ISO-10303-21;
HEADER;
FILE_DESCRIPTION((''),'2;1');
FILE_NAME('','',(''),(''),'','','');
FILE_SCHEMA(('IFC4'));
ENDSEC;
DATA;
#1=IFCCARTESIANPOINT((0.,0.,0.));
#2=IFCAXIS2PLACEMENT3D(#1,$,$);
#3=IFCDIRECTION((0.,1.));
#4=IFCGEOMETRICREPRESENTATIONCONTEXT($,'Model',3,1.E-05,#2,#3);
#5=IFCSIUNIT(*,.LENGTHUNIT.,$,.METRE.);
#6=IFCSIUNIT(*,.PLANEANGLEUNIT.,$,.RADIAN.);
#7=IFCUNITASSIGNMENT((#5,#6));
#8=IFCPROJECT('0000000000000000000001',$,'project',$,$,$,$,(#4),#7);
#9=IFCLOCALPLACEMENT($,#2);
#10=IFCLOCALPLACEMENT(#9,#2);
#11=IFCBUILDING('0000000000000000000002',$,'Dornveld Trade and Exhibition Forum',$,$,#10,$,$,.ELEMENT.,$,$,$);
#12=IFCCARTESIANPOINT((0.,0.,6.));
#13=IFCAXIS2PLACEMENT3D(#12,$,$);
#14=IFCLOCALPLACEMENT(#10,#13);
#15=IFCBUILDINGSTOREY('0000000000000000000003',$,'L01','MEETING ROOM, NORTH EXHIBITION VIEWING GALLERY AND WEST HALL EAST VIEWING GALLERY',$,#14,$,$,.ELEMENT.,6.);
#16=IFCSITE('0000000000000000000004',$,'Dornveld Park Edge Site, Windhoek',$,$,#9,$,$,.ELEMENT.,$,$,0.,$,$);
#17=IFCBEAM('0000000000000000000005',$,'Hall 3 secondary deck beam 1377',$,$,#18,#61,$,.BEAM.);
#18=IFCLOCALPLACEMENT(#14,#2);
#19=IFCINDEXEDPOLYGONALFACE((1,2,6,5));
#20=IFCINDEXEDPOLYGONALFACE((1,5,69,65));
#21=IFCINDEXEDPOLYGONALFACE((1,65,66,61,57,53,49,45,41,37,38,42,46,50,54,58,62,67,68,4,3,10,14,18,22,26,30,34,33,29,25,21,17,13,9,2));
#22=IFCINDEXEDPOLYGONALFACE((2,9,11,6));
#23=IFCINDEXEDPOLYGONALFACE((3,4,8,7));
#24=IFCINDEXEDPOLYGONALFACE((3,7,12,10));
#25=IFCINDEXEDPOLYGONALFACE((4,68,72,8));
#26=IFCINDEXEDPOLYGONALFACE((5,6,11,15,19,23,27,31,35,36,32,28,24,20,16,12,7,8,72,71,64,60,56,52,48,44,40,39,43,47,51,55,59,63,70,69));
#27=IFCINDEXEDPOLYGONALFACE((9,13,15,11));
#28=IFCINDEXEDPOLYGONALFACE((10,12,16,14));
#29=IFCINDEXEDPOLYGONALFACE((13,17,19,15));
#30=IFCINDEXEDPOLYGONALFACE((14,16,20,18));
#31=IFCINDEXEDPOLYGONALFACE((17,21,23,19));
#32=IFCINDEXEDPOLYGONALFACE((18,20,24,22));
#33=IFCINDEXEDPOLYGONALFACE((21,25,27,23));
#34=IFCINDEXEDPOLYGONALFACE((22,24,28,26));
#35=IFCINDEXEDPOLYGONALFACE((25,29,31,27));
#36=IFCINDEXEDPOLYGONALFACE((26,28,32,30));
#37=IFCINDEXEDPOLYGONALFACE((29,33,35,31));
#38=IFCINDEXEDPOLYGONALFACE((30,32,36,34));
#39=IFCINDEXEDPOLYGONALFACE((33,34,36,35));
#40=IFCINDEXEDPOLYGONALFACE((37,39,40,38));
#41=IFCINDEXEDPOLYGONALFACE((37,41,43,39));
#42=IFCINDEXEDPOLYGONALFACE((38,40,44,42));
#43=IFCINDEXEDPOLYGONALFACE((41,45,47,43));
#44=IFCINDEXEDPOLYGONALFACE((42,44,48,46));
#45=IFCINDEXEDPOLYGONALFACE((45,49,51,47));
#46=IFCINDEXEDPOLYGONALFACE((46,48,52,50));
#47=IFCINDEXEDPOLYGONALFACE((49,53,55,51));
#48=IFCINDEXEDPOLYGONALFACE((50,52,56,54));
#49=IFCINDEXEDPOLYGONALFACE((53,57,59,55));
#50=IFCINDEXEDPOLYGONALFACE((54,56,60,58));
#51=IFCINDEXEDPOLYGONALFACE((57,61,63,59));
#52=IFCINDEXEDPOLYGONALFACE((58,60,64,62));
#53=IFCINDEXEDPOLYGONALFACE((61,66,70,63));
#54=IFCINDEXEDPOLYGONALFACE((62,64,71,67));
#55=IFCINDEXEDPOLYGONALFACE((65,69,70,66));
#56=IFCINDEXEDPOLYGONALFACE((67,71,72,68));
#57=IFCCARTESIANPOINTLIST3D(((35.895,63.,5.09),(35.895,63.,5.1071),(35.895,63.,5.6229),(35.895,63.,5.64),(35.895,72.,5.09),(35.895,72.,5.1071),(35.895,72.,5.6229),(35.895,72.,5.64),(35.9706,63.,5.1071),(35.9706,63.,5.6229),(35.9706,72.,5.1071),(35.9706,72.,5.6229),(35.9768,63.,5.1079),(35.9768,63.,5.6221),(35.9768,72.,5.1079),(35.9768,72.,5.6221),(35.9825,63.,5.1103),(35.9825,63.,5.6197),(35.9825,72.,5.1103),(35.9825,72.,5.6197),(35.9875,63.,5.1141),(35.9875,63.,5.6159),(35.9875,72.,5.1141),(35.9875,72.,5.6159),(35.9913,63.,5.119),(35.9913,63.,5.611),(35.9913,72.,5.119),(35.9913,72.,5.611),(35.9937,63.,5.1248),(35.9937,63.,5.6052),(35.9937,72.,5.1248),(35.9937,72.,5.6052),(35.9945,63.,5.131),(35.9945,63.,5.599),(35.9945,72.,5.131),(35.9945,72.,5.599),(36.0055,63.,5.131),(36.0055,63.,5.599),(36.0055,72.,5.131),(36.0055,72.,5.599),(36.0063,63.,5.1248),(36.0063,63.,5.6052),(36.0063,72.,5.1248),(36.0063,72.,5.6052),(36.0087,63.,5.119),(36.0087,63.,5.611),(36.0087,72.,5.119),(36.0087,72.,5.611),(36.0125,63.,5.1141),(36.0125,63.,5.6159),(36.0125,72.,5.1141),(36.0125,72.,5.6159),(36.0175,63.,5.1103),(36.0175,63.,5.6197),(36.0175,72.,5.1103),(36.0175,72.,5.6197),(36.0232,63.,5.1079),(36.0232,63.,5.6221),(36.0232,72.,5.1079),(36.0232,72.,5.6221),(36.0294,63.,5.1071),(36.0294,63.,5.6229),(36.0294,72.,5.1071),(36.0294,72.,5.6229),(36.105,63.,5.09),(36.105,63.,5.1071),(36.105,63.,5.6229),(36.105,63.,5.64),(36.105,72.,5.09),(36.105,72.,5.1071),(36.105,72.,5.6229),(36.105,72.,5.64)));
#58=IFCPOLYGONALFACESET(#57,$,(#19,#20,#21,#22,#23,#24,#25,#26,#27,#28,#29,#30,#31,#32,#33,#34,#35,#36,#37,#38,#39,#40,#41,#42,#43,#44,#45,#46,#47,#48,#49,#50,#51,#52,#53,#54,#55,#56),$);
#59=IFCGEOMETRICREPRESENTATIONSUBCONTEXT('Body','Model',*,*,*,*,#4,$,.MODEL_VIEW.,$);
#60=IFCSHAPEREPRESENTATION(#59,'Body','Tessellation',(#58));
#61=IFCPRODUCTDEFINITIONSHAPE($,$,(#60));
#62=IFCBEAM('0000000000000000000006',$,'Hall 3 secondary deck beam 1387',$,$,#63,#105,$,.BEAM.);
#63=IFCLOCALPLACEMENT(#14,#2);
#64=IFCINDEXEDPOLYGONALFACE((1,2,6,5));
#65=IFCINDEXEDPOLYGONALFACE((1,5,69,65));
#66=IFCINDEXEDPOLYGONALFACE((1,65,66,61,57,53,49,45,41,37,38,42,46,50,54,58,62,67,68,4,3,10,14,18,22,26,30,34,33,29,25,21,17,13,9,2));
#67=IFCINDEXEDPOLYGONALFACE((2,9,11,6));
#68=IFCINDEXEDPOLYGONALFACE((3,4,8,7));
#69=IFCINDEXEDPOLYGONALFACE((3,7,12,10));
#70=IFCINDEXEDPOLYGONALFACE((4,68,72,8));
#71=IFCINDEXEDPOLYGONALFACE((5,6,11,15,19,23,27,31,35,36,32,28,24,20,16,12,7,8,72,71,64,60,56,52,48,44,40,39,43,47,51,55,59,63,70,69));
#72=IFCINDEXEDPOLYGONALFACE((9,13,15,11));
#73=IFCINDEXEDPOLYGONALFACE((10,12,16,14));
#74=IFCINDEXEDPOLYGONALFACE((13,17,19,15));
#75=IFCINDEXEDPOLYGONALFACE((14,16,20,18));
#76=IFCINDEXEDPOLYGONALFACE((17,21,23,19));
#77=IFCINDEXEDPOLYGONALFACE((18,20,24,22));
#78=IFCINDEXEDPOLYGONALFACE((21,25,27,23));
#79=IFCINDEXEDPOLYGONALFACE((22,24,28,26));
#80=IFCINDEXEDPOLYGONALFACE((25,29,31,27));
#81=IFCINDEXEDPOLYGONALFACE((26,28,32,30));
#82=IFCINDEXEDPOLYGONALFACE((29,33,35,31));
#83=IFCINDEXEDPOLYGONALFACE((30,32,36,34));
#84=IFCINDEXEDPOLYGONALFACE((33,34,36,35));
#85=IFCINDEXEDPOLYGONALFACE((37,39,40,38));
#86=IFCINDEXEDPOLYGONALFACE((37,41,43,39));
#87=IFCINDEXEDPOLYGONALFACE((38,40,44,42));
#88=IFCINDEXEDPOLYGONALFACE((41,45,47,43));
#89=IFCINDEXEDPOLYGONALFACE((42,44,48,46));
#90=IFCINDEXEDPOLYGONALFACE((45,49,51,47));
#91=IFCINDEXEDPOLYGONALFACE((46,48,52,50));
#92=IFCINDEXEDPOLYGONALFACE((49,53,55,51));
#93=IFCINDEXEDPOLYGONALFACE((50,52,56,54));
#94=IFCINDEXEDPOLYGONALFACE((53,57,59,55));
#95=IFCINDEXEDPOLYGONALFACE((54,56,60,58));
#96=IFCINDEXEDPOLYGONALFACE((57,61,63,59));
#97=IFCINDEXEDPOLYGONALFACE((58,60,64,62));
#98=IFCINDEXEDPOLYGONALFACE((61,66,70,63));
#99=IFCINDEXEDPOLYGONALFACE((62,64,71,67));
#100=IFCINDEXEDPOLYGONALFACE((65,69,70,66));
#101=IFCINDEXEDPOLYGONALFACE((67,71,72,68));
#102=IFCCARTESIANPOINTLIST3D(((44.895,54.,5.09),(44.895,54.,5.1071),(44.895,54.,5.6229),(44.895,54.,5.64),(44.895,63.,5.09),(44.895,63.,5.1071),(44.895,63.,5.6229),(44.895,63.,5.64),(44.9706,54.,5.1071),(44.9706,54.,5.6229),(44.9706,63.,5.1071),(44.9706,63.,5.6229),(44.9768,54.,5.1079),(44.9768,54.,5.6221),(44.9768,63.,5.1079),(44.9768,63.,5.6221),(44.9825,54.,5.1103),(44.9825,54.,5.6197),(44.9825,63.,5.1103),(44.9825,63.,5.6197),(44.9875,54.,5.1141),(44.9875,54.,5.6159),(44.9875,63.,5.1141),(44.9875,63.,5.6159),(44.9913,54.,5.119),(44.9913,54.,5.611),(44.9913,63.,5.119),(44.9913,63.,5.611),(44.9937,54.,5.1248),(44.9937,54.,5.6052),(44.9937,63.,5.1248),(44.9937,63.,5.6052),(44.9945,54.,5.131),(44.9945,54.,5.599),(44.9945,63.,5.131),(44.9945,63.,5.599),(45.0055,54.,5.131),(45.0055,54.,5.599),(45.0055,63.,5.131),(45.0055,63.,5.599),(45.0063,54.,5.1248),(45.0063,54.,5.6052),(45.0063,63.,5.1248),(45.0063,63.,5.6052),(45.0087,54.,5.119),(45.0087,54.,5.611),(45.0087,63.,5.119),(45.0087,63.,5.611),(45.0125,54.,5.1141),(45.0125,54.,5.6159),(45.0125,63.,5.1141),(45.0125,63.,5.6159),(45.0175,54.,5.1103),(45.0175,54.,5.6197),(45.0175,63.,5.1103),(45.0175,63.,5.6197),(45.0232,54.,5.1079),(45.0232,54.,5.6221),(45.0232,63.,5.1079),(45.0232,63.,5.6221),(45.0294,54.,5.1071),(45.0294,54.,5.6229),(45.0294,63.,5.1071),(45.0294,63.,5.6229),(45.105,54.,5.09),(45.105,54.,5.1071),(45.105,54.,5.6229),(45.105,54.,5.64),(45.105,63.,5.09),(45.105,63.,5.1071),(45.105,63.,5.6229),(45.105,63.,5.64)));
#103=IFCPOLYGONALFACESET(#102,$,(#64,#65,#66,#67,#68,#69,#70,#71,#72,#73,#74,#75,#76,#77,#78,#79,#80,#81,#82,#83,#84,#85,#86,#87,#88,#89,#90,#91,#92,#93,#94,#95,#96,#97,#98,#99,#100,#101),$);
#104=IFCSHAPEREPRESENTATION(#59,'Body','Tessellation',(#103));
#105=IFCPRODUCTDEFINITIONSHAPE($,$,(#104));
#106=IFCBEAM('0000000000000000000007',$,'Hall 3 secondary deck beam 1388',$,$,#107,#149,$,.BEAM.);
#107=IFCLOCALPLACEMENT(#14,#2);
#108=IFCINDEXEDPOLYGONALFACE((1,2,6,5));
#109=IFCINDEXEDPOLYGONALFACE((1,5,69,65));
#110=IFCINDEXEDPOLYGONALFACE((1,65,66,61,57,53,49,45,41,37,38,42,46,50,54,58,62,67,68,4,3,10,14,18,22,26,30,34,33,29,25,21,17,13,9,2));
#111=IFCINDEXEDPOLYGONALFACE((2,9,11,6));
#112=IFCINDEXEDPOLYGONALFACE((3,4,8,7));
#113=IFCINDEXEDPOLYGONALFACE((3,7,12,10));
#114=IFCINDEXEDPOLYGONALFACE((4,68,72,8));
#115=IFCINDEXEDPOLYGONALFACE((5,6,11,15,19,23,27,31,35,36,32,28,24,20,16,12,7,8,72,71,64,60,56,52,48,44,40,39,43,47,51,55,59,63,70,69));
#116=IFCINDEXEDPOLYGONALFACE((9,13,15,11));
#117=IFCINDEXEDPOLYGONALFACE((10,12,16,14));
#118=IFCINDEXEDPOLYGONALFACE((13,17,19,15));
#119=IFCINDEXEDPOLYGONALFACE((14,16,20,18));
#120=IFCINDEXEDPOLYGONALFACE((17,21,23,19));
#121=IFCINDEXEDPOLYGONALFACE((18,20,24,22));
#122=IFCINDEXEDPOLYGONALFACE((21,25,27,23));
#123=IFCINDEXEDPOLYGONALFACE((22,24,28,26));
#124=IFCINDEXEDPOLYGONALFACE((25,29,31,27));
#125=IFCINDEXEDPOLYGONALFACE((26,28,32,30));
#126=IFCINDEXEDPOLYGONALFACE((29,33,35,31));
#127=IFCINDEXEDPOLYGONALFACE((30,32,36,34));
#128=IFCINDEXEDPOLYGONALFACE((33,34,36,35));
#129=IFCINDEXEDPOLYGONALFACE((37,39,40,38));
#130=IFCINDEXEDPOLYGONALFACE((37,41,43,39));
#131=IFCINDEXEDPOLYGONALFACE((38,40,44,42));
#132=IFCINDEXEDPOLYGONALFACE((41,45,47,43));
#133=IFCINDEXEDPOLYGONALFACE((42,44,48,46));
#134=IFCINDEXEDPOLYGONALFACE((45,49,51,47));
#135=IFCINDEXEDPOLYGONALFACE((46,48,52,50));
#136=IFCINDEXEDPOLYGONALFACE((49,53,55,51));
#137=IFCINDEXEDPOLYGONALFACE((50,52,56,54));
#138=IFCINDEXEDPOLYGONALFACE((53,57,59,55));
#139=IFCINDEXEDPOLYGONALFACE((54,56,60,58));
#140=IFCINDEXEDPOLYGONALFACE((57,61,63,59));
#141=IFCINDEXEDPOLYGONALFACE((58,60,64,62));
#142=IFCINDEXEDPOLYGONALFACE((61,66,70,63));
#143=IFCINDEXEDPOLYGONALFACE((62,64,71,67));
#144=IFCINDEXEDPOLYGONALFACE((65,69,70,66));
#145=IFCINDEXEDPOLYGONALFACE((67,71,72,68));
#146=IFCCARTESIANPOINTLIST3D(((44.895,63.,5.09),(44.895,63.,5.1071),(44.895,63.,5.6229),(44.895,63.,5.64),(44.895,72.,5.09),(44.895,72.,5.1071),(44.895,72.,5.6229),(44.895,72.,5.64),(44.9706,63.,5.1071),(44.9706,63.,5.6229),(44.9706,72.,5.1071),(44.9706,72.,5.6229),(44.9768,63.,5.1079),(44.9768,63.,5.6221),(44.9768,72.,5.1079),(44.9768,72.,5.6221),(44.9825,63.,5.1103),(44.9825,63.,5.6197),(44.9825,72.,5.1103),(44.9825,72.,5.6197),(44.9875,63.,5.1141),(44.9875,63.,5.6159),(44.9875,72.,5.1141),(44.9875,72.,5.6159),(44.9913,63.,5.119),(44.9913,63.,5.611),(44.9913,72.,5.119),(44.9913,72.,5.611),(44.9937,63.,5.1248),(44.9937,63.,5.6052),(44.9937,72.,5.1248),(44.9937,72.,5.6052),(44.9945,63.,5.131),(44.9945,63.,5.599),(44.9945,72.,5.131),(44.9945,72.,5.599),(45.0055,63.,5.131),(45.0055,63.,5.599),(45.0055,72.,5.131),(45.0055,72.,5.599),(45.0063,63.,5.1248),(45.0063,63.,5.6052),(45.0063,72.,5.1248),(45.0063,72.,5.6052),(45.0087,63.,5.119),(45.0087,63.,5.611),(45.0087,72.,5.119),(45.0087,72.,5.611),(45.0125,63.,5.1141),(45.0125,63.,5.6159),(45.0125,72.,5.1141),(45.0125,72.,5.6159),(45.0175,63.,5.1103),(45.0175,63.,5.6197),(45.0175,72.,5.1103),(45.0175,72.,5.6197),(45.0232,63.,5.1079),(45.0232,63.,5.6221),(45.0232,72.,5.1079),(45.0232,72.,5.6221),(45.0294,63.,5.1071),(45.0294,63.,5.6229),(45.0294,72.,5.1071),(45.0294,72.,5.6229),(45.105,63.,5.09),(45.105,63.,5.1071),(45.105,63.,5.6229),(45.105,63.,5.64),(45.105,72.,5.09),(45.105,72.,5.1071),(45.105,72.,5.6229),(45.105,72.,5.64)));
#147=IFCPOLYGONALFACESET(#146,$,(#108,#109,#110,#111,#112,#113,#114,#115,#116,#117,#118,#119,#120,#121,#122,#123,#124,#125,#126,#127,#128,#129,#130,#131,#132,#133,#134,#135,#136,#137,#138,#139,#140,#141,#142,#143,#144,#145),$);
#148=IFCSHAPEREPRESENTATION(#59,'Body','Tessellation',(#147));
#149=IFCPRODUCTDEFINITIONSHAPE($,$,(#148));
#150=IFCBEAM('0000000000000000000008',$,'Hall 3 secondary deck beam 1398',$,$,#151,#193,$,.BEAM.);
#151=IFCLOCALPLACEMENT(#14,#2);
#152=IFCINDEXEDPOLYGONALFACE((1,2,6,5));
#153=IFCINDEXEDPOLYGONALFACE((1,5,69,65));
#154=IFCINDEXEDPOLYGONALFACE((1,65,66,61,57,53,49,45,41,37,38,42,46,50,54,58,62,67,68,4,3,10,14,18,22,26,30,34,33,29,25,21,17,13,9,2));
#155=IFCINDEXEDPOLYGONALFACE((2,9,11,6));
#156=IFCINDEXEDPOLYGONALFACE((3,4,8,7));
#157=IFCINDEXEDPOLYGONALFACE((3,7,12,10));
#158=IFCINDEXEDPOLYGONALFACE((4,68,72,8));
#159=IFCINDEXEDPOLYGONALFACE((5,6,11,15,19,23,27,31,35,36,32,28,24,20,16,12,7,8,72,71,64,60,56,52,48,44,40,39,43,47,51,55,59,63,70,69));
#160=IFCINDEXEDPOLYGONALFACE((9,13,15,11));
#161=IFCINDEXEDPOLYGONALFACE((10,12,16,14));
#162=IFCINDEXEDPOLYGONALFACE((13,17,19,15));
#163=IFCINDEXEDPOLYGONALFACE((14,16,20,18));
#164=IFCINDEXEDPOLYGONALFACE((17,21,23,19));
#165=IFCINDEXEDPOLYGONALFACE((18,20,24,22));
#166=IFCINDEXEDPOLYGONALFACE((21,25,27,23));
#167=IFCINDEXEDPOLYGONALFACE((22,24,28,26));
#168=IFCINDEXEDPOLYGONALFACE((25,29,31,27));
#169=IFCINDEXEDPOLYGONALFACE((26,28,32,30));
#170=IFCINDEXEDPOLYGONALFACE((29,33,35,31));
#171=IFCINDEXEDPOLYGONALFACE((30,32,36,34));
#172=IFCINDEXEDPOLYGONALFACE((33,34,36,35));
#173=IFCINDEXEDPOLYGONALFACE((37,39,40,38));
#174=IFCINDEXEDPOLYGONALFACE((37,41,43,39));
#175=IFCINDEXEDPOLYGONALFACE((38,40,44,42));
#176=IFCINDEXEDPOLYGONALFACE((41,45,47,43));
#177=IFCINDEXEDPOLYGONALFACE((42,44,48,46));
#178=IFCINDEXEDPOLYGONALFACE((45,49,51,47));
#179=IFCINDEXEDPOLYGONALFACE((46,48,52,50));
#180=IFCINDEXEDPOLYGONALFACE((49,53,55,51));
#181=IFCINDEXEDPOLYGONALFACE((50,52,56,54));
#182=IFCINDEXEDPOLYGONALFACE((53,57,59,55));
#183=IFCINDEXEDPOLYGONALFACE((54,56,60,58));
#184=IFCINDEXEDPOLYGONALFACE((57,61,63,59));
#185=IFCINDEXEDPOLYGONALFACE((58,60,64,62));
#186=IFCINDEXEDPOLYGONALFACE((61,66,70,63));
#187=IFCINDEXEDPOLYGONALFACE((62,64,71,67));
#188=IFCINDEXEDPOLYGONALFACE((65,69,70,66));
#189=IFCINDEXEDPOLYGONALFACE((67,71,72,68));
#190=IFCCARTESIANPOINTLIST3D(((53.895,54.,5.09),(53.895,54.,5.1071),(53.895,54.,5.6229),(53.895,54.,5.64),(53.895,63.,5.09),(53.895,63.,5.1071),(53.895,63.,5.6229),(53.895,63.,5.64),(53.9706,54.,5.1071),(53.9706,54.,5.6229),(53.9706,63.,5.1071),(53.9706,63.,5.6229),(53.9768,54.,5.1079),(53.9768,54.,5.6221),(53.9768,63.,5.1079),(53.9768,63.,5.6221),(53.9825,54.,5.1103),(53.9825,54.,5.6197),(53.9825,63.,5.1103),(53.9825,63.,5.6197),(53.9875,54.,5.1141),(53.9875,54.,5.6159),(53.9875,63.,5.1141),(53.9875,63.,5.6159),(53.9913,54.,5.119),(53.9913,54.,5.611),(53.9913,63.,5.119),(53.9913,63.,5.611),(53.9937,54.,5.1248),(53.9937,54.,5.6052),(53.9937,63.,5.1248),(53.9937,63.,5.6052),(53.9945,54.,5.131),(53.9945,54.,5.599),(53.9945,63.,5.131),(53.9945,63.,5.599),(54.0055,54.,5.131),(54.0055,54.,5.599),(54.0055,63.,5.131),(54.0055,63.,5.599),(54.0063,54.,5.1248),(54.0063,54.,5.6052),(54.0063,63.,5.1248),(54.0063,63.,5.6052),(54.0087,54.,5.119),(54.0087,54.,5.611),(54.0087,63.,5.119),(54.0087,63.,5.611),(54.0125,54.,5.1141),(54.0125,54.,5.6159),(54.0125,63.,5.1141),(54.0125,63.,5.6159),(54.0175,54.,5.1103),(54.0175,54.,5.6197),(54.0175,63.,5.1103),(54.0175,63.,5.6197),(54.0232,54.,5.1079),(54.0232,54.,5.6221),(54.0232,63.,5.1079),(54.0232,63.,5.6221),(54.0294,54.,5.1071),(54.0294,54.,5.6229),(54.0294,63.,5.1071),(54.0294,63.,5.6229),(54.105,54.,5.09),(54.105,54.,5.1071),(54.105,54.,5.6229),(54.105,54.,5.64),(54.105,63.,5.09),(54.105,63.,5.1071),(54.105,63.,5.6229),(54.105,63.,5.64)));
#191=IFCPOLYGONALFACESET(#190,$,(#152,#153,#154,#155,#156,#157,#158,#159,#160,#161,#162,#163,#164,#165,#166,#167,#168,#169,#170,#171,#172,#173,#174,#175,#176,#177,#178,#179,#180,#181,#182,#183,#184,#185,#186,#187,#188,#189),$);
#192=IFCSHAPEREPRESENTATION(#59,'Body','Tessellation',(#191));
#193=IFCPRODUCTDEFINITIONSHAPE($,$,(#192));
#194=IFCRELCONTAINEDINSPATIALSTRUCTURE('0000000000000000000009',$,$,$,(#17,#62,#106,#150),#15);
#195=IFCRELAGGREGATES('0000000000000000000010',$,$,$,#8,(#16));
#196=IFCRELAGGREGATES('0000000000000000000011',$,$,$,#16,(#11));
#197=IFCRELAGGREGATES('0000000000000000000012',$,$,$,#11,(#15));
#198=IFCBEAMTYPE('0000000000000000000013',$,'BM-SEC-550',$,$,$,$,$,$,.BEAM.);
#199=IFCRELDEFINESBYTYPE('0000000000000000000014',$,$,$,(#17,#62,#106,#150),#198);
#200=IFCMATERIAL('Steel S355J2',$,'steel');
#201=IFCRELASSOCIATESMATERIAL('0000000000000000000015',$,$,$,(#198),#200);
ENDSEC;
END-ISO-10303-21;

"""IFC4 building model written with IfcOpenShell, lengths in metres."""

from ifc_helpers import new_model, si_unit, direction, frame, origin, origin_2d, place, context, subcontext, project, spatial, i_section, extrude, material, material_profile, profile_set, type_object, element, save


model = new_model("IFC4")

# Units and contexts
model_context = context("Model", 3, precision=1e-05, world=origin(), true_north=direction((0.0, 1.0)))
body_context = subcontext(model_context, "Body", "Model", "MODEL_VIEW")
ifc_project = project(units=[si_unit("LENGTHUNIT", "METRE"), si_unit("PLANEANGLEUNIT", "RADIAN")], contexts=[model_context])

# Site, building, storey
site_placement = place(None, origin())
site = spatial("IfcSite", under=ifc_project, at=site_placement, Name="Dornveld Park Edge Site, Windhoek", CompositionType="ELEMENT", RefElevation=0.0)
building_placement = place(site_placement, origin())
building = spatial("IfcBuilding", under=site, at=building_placement, Name="Dornveld Trade and Exhibition Forum", CompositionType="ELEMENT")
storey_placement = place(building_placement, frame((0.0, 0.0, 6.0)))
storey = spatial("IfcBuildingStorey", under=building, at=storey_placement, Name="L01", Description="MEETING ROOM, NORTH EXHIBITION VIEWING GALLERY AND WEST HALL EAST VIEWING GALLERY", CompositionType="ELEMENT", Elevation=6.0)

# Beams
ifc_material_1 = material(Name="Steel S355J2", Category="steel")
ifc_material_profile_1 = material_profile(ifc_material_1, i_section(OverallWidth=0.21, OverallDepth=0.55, WebThickness=0.011, FlangeThickness=0.0171, FilletRadius=0.0239, at=origin_2d()), Name="IPE 550")
ifc_profile_set_1 = profile_set([ifc_material_profile_1], Name="Steel S355J2")
beam_type_1 = type_object("IfcBeamType", Name="BM-SEC-550", PredefinedType="BEAM", material=ifc_profile_set_1)
for number, where, z_axis, x_axis, name in (
    (1, (36.0, 63.0, 5.365), (0.0, 1.0, 0.0), (-1.0, 0.0, 0.0), "Hall 3 secondary deck beam 1377"),
    (2, (45.0, 54.0, 5.365), (0.0, 1.0, 0.0), (-1.0, 0.0, 0.0), "Hall 3 secondary deck beam 1387"),
    (3, (45.0, 63.0, 5.365), (0.0, 1.0, 0.0), (-1.0, 0.0, 0.0), "Hall 3 secondary deck beam 1388"),
    (4, (54.0, 54.0, 5.365), (0.0, 1.0, 0.0), (-1.0, 0.0, 0.0), "Hall 3 secondary deck beam 1398"),
):
    element("IfcBeam", number, at=place(storey_placement, frame(where, z_axis=z_axis, x_axis=x_axis)), inside=storey, type_object=beam_type_1, Name=name, PredefinedType="BEAM", context=body_context, shape_type="SweptSolid", body=[
        extrude(i_section(OverallWidth=0.21, OverallDepth=0.55, WebThickness=0.011, FlangeThickness=0.0171, FilletRadius=0.0239, at=origin_2d()), origin(), (0.0, 0.0, 1.0), 9.0),
    ])

save(model, "model.ifc")
